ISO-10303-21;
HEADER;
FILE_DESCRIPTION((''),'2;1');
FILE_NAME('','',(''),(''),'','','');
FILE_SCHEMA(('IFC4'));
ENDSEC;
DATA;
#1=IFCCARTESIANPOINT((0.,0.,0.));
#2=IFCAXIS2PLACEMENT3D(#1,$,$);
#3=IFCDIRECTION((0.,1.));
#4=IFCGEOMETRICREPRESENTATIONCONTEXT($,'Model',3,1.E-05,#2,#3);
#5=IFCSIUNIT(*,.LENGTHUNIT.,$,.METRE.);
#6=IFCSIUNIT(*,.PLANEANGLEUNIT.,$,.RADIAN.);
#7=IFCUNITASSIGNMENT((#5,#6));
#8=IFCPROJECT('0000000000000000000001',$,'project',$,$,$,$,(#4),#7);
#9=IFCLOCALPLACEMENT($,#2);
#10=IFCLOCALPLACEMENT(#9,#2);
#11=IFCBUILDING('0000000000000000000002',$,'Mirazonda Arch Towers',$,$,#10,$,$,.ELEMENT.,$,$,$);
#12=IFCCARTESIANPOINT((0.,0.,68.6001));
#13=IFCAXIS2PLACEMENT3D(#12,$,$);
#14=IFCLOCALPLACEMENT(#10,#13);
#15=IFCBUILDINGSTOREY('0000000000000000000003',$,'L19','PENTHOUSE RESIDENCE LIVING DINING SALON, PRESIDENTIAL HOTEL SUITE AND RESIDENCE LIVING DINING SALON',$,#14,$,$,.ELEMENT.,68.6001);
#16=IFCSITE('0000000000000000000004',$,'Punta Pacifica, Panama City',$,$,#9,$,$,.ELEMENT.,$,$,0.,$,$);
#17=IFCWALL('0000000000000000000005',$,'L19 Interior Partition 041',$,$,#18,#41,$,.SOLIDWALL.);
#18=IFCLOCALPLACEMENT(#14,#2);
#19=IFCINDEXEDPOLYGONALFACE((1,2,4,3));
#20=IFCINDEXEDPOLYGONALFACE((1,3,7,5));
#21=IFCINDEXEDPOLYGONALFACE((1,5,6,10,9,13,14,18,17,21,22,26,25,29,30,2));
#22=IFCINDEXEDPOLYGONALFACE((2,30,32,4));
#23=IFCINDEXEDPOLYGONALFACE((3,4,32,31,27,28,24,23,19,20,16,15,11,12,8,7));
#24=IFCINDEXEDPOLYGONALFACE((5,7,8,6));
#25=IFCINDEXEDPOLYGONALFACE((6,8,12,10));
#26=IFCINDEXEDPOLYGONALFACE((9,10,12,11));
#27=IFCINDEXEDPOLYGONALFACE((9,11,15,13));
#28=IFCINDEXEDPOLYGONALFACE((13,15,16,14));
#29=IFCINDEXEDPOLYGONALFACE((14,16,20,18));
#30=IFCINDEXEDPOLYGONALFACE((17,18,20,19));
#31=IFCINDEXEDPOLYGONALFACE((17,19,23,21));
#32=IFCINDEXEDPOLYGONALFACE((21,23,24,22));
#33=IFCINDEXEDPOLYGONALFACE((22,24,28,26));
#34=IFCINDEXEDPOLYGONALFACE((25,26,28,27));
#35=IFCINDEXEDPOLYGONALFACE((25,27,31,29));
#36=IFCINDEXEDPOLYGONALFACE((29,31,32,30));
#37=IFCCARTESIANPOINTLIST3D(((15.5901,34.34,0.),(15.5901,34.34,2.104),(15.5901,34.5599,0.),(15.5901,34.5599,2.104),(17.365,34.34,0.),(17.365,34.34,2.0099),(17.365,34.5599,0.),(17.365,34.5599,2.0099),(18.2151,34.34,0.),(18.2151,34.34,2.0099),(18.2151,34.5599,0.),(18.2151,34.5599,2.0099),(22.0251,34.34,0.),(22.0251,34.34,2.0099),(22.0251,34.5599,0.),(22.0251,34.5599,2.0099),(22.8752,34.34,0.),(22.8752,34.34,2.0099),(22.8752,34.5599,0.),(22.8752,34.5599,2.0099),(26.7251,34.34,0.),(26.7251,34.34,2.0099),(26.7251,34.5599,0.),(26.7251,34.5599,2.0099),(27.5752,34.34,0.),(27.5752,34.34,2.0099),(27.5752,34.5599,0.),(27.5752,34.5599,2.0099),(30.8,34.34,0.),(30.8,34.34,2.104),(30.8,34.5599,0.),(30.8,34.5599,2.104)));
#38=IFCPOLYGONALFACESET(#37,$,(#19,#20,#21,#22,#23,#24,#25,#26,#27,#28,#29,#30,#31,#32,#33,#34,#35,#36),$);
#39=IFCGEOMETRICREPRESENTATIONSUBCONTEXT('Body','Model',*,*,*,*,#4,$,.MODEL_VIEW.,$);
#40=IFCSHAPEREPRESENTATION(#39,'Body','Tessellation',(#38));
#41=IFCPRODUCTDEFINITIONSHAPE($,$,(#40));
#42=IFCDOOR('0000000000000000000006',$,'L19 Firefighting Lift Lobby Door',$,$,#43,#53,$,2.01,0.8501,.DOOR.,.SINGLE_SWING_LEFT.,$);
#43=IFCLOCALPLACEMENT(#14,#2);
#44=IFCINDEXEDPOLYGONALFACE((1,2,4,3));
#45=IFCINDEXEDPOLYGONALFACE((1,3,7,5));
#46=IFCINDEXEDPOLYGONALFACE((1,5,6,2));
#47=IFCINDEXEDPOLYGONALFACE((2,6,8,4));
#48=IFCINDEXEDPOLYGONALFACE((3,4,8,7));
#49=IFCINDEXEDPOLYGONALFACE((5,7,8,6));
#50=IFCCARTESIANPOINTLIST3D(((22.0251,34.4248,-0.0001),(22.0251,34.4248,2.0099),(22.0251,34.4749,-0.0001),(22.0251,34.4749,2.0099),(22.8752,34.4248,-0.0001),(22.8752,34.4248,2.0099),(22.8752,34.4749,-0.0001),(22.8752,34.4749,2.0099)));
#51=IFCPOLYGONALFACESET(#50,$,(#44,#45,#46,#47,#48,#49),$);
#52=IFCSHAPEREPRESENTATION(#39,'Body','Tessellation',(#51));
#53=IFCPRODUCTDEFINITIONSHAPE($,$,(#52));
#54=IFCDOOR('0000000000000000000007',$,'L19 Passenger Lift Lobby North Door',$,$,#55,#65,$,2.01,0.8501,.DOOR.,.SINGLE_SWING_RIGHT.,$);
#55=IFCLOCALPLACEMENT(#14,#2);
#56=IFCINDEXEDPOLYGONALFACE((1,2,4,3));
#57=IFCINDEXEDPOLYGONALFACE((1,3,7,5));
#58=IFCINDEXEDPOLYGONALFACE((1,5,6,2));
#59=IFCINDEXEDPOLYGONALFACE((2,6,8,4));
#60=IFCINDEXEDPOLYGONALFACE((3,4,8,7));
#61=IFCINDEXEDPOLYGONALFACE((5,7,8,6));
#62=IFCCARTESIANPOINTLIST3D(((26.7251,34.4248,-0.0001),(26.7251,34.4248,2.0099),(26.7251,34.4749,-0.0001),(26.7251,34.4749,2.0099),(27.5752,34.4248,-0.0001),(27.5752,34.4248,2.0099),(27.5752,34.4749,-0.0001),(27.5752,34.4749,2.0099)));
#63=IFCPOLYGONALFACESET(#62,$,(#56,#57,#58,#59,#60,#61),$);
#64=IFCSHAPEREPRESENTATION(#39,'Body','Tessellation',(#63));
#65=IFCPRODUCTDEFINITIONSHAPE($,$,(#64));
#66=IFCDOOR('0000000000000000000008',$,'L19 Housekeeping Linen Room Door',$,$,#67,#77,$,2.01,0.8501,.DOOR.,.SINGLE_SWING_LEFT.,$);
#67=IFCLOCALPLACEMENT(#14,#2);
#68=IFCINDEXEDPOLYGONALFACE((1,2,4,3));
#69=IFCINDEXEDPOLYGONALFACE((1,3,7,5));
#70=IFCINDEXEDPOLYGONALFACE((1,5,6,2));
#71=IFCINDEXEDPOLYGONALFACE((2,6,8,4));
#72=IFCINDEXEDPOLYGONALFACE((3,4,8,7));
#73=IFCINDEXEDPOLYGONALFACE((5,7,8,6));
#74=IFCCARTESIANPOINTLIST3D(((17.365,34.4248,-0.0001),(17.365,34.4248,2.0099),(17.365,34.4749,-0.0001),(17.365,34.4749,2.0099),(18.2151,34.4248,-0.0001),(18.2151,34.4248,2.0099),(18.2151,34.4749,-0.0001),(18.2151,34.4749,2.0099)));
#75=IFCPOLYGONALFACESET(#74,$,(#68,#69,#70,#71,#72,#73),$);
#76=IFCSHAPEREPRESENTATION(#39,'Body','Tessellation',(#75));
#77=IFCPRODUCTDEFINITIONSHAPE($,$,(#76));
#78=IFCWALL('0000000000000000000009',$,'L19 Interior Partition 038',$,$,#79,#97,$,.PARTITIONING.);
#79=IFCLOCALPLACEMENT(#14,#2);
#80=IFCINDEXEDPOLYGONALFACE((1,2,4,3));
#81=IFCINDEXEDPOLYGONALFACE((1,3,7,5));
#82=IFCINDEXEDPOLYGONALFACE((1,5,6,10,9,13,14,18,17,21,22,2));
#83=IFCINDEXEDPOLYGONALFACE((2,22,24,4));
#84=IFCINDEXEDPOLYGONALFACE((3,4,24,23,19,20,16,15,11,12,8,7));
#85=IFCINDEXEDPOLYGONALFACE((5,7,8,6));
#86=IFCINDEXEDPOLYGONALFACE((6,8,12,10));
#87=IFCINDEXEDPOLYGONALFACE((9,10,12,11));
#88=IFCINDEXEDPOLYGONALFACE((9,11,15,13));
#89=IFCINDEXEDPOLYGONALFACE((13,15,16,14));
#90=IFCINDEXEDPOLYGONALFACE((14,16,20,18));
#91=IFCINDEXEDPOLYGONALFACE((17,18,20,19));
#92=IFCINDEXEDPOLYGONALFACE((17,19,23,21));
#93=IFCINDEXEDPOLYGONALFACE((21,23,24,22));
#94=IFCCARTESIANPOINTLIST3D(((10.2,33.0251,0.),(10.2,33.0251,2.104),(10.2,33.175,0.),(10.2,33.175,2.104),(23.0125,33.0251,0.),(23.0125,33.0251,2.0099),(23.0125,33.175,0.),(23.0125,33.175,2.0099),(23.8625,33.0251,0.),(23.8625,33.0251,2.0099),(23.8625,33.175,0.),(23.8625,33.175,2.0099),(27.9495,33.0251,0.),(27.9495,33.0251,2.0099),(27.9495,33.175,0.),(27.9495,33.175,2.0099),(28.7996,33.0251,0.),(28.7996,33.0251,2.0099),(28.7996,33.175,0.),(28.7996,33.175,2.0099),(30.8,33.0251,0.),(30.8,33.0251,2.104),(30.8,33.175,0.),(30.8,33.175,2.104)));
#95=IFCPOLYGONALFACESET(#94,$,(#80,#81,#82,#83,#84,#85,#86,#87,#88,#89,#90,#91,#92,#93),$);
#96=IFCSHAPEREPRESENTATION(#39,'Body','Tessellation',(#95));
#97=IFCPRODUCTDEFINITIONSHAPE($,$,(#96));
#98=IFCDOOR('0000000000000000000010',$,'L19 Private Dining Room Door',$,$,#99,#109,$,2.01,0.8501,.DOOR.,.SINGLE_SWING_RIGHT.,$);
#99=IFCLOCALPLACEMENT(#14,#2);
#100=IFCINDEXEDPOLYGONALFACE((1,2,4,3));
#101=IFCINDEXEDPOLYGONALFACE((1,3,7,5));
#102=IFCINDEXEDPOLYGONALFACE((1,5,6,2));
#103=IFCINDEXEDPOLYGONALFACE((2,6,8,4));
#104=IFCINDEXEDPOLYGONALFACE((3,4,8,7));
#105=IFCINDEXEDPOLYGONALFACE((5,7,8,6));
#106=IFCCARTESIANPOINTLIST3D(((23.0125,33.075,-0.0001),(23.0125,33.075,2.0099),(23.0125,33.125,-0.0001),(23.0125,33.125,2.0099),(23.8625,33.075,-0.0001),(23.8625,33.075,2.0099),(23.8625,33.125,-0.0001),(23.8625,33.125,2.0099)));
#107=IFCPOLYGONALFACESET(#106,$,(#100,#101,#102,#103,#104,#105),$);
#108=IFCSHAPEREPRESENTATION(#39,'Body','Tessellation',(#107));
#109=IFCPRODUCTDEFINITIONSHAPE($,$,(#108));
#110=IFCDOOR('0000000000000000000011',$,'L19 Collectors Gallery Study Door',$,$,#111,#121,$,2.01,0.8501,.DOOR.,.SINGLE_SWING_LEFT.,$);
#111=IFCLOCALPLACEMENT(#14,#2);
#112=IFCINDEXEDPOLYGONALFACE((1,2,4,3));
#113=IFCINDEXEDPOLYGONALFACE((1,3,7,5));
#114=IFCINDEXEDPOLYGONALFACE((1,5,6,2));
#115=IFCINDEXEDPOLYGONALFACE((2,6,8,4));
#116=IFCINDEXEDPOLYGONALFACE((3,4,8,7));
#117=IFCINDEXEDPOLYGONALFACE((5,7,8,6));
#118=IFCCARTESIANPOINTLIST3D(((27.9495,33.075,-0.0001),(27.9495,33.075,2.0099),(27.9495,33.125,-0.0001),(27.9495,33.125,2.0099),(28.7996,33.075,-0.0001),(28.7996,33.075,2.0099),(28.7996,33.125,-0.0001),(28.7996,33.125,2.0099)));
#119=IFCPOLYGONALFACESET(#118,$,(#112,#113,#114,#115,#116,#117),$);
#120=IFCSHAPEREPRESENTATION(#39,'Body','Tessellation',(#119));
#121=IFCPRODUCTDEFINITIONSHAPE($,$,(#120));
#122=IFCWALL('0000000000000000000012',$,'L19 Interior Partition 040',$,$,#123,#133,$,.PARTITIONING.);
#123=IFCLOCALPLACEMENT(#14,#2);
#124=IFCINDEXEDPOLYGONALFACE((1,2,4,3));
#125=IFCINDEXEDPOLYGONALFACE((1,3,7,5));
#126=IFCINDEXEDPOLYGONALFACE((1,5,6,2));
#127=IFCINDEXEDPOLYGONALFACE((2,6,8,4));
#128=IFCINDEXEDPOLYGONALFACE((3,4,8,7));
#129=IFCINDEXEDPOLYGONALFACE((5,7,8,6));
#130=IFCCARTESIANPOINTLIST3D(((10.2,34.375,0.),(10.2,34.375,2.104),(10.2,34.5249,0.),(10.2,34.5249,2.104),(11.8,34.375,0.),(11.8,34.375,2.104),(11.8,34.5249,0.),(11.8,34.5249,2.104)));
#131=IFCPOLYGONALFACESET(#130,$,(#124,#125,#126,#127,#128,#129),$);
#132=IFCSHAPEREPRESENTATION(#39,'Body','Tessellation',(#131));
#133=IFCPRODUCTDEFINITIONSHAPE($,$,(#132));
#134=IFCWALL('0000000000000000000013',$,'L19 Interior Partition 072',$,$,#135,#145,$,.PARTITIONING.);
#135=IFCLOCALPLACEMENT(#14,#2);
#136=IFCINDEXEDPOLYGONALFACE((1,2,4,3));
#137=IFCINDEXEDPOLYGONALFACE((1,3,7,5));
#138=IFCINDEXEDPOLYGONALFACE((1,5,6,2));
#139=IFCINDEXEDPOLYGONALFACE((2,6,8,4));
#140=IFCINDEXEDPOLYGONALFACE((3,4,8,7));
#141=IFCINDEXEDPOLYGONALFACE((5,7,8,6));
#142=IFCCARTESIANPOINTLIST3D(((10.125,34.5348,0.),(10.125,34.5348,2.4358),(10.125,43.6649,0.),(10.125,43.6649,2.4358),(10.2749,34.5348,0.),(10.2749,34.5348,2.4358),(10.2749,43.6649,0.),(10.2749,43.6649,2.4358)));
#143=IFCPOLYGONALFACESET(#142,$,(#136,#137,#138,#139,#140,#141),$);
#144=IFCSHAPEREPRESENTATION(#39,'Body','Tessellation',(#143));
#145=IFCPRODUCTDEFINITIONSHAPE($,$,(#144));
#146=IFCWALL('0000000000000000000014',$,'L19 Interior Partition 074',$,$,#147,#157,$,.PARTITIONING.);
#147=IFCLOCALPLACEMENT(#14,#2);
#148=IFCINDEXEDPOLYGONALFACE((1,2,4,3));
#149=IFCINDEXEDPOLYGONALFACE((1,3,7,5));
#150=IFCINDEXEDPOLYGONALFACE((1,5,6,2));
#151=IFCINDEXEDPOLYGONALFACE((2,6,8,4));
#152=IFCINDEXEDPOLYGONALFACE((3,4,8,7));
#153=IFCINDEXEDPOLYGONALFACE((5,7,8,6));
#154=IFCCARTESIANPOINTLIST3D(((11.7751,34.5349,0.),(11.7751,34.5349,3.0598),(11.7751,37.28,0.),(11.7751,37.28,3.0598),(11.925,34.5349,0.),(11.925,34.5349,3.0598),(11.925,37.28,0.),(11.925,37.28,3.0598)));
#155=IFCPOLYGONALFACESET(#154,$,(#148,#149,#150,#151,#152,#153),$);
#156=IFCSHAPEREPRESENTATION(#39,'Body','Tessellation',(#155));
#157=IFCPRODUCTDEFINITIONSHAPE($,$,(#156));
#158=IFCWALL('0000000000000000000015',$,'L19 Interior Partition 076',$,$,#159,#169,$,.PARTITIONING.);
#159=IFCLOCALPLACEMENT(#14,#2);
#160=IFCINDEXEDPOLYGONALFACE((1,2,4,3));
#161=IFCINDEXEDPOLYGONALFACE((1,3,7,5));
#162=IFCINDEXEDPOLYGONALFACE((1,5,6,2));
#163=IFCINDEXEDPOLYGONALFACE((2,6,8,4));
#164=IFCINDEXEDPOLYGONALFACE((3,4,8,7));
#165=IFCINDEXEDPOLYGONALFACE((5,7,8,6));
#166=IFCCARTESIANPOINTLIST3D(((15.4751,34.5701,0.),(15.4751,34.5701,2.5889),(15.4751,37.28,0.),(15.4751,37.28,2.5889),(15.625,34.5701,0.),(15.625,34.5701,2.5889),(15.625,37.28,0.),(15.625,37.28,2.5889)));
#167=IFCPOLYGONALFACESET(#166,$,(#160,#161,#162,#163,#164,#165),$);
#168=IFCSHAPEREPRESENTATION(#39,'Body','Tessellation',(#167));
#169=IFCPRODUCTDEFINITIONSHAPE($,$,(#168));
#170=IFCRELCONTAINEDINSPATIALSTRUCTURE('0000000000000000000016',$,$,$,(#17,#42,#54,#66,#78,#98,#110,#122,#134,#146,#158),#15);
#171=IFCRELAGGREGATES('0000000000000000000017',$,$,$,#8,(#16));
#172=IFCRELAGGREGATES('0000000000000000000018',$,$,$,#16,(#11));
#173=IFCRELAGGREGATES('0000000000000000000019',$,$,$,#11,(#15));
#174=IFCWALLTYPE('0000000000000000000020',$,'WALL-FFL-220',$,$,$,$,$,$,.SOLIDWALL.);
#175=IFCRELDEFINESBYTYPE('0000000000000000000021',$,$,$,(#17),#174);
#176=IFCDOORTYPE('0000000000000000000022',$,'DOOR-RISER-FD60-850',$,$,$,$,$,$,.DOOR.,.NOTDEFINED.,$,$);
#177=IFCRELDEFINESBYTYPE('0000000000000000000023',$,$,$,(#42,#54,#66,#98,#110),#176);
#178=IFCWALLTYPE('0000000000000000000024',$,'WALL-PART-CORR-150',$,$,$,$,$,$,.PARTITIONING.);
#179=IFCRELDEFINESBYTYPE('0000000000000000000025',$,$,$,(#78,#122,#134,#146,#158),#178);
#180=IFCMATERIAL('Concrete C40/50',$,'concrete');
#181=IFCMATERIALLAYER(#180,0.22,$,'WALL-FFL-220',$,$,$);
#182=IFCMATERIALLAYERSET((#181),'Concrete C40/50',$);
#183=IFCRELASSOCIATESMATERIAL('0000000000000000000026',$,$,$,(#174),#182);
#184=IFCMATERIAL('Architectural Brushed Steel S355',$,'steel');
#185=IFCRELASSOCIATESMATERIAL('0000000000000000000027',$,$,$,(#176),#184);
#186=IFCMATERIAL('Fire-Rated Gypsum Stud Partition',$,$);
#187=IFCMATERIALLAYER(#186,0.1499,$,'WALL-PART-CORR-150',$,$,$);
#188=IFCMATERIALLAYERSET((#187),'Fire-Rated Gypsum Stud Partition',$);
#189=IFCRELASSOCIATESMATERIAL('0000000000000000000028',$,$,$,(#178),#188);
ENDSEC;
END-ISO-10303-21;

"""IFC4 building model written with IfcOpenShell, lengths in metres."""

from ifc_helpers import new_model, si_unit, direction, frame, frame_2d, origin, place, context, subcontext, project, spatial, rectangle, extrude, material, layer, layer_set, type_object, element, fill, save


model = new_model("IFC4")

# Units and contexts
model_context = context("Model", 3, precision=1e-05, world=origin(), true_north=direction((0.0, 1.0)))
body_context = subcontext(model_context, "Body", "Model", "MODEL_VIEW")
ifc_project = project(units=[si_unit("LENGTHUNIT", "METRE"), si_unit("PLANEANGLEUNIT", "RADIAN")], contexts=[model_context])

# Site, building, storey
site_placement = place(None, origin())
site = spatial("IfcSite", under=ifc_project, at=site_placement, Name="Punta Pacifica, Panama City", CompositionType="ELEMENT", RefElevation=0.0)
building_placement = place(site_placement, origin())
building = spatial("IfcBuilding", under=site, at=building_placement, Name="Mirazonda Arch Towers", CompositionType="ELEMENT")
storey_placement = place(building_placement, frame((0.0, 0.0, 68.6001)))
storey = spatial("IfcBuildingStorey", under=building, at=storey_placement, Name="L19", Description="PENTHOUSE RESIDENCE LIVING DINING SALON, PRESIDENTIAL HOTEL SUITE AND RESIDENCE LIVING DINING SALON", CompositionType="ELEMENT", Elevation=68.6001)

# Walls, openings, doors
ifc_material_1 = material(Name="Architectural Brushed Steel S355", Category="steel")
ifc_material_2 = material(Name="Concrete C40/50", Category="concrete")
ifc_layer_1 = layer(ifc_material_2, 0.22, Name="WALL-FFL-220")
ifc_layer_set_1 = layer_set([ifc_layer_1], Name="Concrete C40/50")
wall_type_1 = type_object("IfcWallType", Name="WALL-FFL-220", PredefinedType="SOLIDWALL", material=ifc_layer_set_1)
wall_1_placement = place(storey_placement, frame((15.5901, 34.45, 0.0), z_axis=(0.0, 0.0, 1.0), x_axis=(1.0, 0.0, 0.0)))
wall_1 = element("IfcWall", 1, at=wall_1_placement, inside=storey, type_object=wall_type_1, Name="L19 Interior Partition 041", PredefinedType="SOLIDWALL", context=body_context, shape_type="SweptSolid", body=[
    extrude(rectangle(XDim=15.21, YDim=0.22, at=frame_2d((7.605, 0.0))), origin(), (0.0, 0.0, 1.0), 2.104),
])
opening_1_placement = place(wall_1_placement, frame((6.4351, 0.0, 0.0)))
opening_1 = element("IfcOpeningElement", 2, at=opening_1_placement, cuts=wall_1, PredefinedType="OPENING", context=body_context, shape_type="SweptSolid", body=[
    extrude(rectangle(XDim=0.8501, YDim=2.01, at=frame_2d((0.425, 1.0049))), frame((0.0, 0.1199, 0.0), z_axis=(0.0, -1.0, 0.0), x_axis=(1.0, 0.0, 0.0)), (0.0, 0.0, 1.0), 0.24),
])
opening_2_placement = place(wall_1_placement, frame((11.135, 0.0, 0.0)))
opening_2 = element("IfcOpeningElement", 3, at=opening_2_placement, cuts=wall_1, PredefinedType="OPENING", context=body_context, shape_type="SweptSolid", body=[
    extrude(rectangle(XDim=0.8501, YDim=2.01, at=frame_2d((0.425, 1.0049))), frame((0.0, 0.1199, 0.0), z_axis=(0.0, -1.0, 0.0), x_axis=(1.0, 0.0, 0.0)), (0.0, 0.0, 1.0), 0.24),
])
opening_3_placement = place(wall_1_placement, frame((1.7749, 0.0, 0.0)))
opening_3 = element("IfcOpeningElement", 4, at=opening_3_placement, cuts=wall_1, PredefinedType="OPENING", context=body_context, shape_type="SweptSolid", body=[
    extrude(rectangle(XDim=0.8501, YDim=2.01, at=frame_2d((0.425, 1.0049))), frame((0.0, 0.1199, 0.0), z_axis=(0.0, -1.0, 0.0), x_axis=(1.0, 0.0, 0.0)), (0.0, 0.0, 1.0), 0.24),
])
door_type_1 = type_object("IfcDoorType", Name="DOOR-RISER-FD60-850", OperationType="NOTDEFINED", PredefinedType="DOOR", material=ifc_material_1)
door_1_placement = place(opening_1_placement, origin())
door_1 = element("IfcDoor", 5, at=door_1_placement, inside=storey, type_object=door_type_1, Name="L19 Firefighting Lift Lobby Door", OperationType="SINGLE_SWING_LEFT", OverallHeight=2.01, OverallWidth=0.8501, PredefinedType="DOOR", context=body_context, shape_type="SweptSolid", body=[
    extrude(rectangle(XDim=0.8501, YDim=2.01, at=frame_2d((0.425, 1.0049))), frame((0.0, 0.0249, 0.0), z_axis=(0.0, -1.0, 0.0), x_axis=(1.0, 0.0, 0.0)), (0.0, 0.0, 1.0), 0.05),
])
fill(opening_1, door_1)
door_2_placement = place(opening_2_placement, origin())
door_2 = element("IfcDoor", 6, at=door_2_placement, inside=storey, type_object=door_type_1, Name="L19 Passenger Lift Lobby North Door", OperationType="SINGLE_SWING_RIGHT", OverallHeight=2.01, OverallWidth=0.8501, PredefinedType="DOOR", context=body_context, shape_type="SweptSolid", body=[
    extrude(rectangle(XDim=0.8501, YDim=2.01, at=frame_2d((0.425, 1.0049))), frame((0.0, 0.0249, 0.0), z_axis=(0.0, -1.0, 0.0), x_axis=(1.0, 0.0, 0.0)), (0.0, 0.0, 1.0), 0.05),
])
fill(opening_2, door_2)
door_3_placement = place(opening_3_placement, origin())
door_3 = element("IfcDoor", 7, at=door_3_placement, inside=storey, type_object=door_type_1, Name="L19 Housekeeping Linen Room Door", OperationType="SINGLE_SWING_LEFT", OverallHeight=2.01, OverallWidth=0.8501, PredefinedType="DOOR", context=body_context, shape_type="SweptSolid", body=[
    extrude(rectangle(XDim=0.8501, YDim=2.01, at=frame_2d((0.425, 1.0049))), frame((0.0, 0.0249, 0.0), z_axis=(0.0, -1.0, 0.0), x_axis=(1.0, 0.0, 0.0)), (0.0, 0.0, 1.0), 0.05),
])
fill(opening_3, door_3)
ifc_material_3 = material(Name="Fire-Rated Gypsum Stud Partition")
ifc_layer_2 = layer(ifc_material_3, 0.1499, Name="WALL-PART-CORR-150")
ifc_layer_set_2 = layer_set([ifc_layer_2], Name="Fire-Rated Gypsum Stud Partition")
wall_type_2 = type_object("IfcWallType", Name="WALL-PART-CORR-150", PredefinedType="PARTITIONING", material=ifc_layer_set_2)
wall_2_placement = place(storey_placement, frame((10.2, 33.1001, 0.0), z_axis=(0.0, 0.0, 1.0), x_axis=(1.0, 0.0, 0.0)))
wall_2 = element("IfcWall", 8, at=wall_2_placement, inside=storey, type_object=wall_type_2, Name="L19 Interior Partition 038", PredefinedType="PARTITIONING", context=body_context, shape_type="SweptSolid", body=[
    extrude(rectangle(XDim=20.6001, YDim=0.1499, at=frame_2d((10.3, 0.0))), origin(), (0.0, 0.0, 1.0), 2.104),
])
opening_4_placement = place(wall_2_placement, frame((12.8125, 0.0, 0.0)))
opening_4 = element("IfcOpeningElement", 9, at=opening_4_placement, cuts=wall_2, PredefinedType="OPENING", context=body_context, shape_type="SweptSolid", body=[
    extrude(rectangle(XDim=0.8501, YDim=2.01, at=frame_2d((0.425, 1.0049))), frame((0.0, 0.085, 0.0), z_axis=(0.0, -1.0, 0.0), x_axis=(1.0, 0.0, 0.0)), (0.0, 0.0, 1.0), 0.1699),
])
opening_5_placement = place(wall_2_placement, frame((17.7495, 0.0, 0.0)))
opening_5 = element("IfcOpeningElement", 10, at=opening_5_placement, cuts=wall_2, PredefinedType="OPENING", context=body_context, shape_type="SweptSolid", body=[
    extrude(rectangle(XDim=0.8501, YDim=2.01, at=frame_2d((0.425, 1.0049))), frame((0.0, 0.085, 0.0), z_axis=(0.0, -1.0, 0.0), x_axis=(1.0, 0.0, 0.0)), (0.0, 0.0, 1.0), 0.1699),
])
door_4_placement = place(opening_4_placement, origin())
door_4 = element("IfcDoor", 11, at=door_4_placement, inside=storey, type_object=door_type_1, Name="L19 Private Dining Room Door", OperationType="SINGLE_SWING_RIGHT", OverallHeight=2.01, OverallWidth=0.8501, PredefinedType="DOOR", context=body_context, shape_type="SweptSolid", body=[
    extrude(rectangle(XDim=0.8501, YDim=2.01, at=frame_2d((0.425, 1.0049))), frame((0.0, 0.0249, 0.0), z_axis=(0.0, -1.0, 0.0), x_axis=(1.0, 0.0, 0.0)), (0.0, 0.0, 1.0), 0.05),
])
fill(opening_4, door_4)
door_5_placement = place(opening_5_placement, origin())
door_5 = element("IfcDoor", 12, at=door_5_placement, inside=storey, type_object=door_type_1, Name="L19 Collectors Gallery Study Door", OperationType="SINGLE_SWING_LEFT", OverallHeight=2.01, OverallWidth=0.8501, PredefinedType="DOOR", context=body_context, shape_type="SweptSolid", body=[
    extrude(rectangle(XDim=0.8501, YDim=2.01, at=frame_2d((0.425, 1.0049))), frame((0.0, 0.0249, 0.0), z_axis=(0.0, -1.0, 0.0), x_axis=(1.0, 0.0, 0.0)), (0.0, 0.0, 1.0), 0.05),
])
fill(opening_5, door_5)

# Walls
wall_3_placement = place(storey_placement, frame((10.2, 34.45, 0.0), z_axis=(0.0, 0.0, 1.0), x_axis=(1.0, 0.0, 0.0)))
element("IfcWall", 13, at=wall_3_placement, inside=storey, type_object=wall_type_2, Name="L19 Interior Partition 040", PredefinedType="PARTITIONING", context=body_context, shape_type="SweptSolid", body=[
    extrude(rectangle(XDim=1.6001, YDim=0.1499, at=frame_2d((0.8, 0.0))), origin(), (0.0, 0.0, 1.0), 2.104),
])
wall_4_placement = place(storey_placement, frame((10.2, 34.5349, 0.0), z_axis=(0.0, 0.0, 1.0), x_axis=(0.0, 1.0, 0.0)))
element("IfcWall", 14, at=wall_4_placement, inside=storey, type_object=wall_type_2, Name="L19 Interior Partition 072", PredefinedType="PARTITIONING", context=body_context, shape_type="SweptSolid", body=[
    extrude(rectangle(XDim=9.1301, YDim=0.1499, at=frame_2d((4.5649, 0.0))), origin(), (0.0, 0.0, 1.0), 2.4358),
])
wall_5_placement = place(storey_placement, frame((11.8501, 34.5349, 0.0), z_axis=(0.0, 0.0, 1.0), x_axis=(0.0, 1.0, 0.0)))
element("IfcWall", 15, at=wall_5_placement, inside=storey, type_object=wall_type_2, Name="L19 Interior Partition 074", PredefinedType="PARTITIONING", context=body_context, shape_type="SweptSolid", body=[
    extrude(rectangle(XDim=2.7451, YDim=0.1499, at=frame_2d((1.3726, 0.0))), origin(), (0.0, 0.0, 1.0), 3.0598),
])
wall_6_placement = place(storey_placement, frame((15.55, 34.5701, 0.0), z_axis=(0.0, 0.0, 1.0), x_axis=(0.0, 1.0, 0.0)))
element("IfcWall", 16, at=wall_6_placement, inside=storey, type_object=wall_type_2, Name="L19 Interior Partition 076", PredefinedType="PARTITIONING", context=body_context, shape_type="SweptSolid", body=[
    extrude(rectangle(XDim=2.71, YDim=0.1499, at=frame_2d((1.355, 0.0))), origin(), (0.0, 0.0, 1.0), 2.5889),
])

save(model, "model.ifc")
